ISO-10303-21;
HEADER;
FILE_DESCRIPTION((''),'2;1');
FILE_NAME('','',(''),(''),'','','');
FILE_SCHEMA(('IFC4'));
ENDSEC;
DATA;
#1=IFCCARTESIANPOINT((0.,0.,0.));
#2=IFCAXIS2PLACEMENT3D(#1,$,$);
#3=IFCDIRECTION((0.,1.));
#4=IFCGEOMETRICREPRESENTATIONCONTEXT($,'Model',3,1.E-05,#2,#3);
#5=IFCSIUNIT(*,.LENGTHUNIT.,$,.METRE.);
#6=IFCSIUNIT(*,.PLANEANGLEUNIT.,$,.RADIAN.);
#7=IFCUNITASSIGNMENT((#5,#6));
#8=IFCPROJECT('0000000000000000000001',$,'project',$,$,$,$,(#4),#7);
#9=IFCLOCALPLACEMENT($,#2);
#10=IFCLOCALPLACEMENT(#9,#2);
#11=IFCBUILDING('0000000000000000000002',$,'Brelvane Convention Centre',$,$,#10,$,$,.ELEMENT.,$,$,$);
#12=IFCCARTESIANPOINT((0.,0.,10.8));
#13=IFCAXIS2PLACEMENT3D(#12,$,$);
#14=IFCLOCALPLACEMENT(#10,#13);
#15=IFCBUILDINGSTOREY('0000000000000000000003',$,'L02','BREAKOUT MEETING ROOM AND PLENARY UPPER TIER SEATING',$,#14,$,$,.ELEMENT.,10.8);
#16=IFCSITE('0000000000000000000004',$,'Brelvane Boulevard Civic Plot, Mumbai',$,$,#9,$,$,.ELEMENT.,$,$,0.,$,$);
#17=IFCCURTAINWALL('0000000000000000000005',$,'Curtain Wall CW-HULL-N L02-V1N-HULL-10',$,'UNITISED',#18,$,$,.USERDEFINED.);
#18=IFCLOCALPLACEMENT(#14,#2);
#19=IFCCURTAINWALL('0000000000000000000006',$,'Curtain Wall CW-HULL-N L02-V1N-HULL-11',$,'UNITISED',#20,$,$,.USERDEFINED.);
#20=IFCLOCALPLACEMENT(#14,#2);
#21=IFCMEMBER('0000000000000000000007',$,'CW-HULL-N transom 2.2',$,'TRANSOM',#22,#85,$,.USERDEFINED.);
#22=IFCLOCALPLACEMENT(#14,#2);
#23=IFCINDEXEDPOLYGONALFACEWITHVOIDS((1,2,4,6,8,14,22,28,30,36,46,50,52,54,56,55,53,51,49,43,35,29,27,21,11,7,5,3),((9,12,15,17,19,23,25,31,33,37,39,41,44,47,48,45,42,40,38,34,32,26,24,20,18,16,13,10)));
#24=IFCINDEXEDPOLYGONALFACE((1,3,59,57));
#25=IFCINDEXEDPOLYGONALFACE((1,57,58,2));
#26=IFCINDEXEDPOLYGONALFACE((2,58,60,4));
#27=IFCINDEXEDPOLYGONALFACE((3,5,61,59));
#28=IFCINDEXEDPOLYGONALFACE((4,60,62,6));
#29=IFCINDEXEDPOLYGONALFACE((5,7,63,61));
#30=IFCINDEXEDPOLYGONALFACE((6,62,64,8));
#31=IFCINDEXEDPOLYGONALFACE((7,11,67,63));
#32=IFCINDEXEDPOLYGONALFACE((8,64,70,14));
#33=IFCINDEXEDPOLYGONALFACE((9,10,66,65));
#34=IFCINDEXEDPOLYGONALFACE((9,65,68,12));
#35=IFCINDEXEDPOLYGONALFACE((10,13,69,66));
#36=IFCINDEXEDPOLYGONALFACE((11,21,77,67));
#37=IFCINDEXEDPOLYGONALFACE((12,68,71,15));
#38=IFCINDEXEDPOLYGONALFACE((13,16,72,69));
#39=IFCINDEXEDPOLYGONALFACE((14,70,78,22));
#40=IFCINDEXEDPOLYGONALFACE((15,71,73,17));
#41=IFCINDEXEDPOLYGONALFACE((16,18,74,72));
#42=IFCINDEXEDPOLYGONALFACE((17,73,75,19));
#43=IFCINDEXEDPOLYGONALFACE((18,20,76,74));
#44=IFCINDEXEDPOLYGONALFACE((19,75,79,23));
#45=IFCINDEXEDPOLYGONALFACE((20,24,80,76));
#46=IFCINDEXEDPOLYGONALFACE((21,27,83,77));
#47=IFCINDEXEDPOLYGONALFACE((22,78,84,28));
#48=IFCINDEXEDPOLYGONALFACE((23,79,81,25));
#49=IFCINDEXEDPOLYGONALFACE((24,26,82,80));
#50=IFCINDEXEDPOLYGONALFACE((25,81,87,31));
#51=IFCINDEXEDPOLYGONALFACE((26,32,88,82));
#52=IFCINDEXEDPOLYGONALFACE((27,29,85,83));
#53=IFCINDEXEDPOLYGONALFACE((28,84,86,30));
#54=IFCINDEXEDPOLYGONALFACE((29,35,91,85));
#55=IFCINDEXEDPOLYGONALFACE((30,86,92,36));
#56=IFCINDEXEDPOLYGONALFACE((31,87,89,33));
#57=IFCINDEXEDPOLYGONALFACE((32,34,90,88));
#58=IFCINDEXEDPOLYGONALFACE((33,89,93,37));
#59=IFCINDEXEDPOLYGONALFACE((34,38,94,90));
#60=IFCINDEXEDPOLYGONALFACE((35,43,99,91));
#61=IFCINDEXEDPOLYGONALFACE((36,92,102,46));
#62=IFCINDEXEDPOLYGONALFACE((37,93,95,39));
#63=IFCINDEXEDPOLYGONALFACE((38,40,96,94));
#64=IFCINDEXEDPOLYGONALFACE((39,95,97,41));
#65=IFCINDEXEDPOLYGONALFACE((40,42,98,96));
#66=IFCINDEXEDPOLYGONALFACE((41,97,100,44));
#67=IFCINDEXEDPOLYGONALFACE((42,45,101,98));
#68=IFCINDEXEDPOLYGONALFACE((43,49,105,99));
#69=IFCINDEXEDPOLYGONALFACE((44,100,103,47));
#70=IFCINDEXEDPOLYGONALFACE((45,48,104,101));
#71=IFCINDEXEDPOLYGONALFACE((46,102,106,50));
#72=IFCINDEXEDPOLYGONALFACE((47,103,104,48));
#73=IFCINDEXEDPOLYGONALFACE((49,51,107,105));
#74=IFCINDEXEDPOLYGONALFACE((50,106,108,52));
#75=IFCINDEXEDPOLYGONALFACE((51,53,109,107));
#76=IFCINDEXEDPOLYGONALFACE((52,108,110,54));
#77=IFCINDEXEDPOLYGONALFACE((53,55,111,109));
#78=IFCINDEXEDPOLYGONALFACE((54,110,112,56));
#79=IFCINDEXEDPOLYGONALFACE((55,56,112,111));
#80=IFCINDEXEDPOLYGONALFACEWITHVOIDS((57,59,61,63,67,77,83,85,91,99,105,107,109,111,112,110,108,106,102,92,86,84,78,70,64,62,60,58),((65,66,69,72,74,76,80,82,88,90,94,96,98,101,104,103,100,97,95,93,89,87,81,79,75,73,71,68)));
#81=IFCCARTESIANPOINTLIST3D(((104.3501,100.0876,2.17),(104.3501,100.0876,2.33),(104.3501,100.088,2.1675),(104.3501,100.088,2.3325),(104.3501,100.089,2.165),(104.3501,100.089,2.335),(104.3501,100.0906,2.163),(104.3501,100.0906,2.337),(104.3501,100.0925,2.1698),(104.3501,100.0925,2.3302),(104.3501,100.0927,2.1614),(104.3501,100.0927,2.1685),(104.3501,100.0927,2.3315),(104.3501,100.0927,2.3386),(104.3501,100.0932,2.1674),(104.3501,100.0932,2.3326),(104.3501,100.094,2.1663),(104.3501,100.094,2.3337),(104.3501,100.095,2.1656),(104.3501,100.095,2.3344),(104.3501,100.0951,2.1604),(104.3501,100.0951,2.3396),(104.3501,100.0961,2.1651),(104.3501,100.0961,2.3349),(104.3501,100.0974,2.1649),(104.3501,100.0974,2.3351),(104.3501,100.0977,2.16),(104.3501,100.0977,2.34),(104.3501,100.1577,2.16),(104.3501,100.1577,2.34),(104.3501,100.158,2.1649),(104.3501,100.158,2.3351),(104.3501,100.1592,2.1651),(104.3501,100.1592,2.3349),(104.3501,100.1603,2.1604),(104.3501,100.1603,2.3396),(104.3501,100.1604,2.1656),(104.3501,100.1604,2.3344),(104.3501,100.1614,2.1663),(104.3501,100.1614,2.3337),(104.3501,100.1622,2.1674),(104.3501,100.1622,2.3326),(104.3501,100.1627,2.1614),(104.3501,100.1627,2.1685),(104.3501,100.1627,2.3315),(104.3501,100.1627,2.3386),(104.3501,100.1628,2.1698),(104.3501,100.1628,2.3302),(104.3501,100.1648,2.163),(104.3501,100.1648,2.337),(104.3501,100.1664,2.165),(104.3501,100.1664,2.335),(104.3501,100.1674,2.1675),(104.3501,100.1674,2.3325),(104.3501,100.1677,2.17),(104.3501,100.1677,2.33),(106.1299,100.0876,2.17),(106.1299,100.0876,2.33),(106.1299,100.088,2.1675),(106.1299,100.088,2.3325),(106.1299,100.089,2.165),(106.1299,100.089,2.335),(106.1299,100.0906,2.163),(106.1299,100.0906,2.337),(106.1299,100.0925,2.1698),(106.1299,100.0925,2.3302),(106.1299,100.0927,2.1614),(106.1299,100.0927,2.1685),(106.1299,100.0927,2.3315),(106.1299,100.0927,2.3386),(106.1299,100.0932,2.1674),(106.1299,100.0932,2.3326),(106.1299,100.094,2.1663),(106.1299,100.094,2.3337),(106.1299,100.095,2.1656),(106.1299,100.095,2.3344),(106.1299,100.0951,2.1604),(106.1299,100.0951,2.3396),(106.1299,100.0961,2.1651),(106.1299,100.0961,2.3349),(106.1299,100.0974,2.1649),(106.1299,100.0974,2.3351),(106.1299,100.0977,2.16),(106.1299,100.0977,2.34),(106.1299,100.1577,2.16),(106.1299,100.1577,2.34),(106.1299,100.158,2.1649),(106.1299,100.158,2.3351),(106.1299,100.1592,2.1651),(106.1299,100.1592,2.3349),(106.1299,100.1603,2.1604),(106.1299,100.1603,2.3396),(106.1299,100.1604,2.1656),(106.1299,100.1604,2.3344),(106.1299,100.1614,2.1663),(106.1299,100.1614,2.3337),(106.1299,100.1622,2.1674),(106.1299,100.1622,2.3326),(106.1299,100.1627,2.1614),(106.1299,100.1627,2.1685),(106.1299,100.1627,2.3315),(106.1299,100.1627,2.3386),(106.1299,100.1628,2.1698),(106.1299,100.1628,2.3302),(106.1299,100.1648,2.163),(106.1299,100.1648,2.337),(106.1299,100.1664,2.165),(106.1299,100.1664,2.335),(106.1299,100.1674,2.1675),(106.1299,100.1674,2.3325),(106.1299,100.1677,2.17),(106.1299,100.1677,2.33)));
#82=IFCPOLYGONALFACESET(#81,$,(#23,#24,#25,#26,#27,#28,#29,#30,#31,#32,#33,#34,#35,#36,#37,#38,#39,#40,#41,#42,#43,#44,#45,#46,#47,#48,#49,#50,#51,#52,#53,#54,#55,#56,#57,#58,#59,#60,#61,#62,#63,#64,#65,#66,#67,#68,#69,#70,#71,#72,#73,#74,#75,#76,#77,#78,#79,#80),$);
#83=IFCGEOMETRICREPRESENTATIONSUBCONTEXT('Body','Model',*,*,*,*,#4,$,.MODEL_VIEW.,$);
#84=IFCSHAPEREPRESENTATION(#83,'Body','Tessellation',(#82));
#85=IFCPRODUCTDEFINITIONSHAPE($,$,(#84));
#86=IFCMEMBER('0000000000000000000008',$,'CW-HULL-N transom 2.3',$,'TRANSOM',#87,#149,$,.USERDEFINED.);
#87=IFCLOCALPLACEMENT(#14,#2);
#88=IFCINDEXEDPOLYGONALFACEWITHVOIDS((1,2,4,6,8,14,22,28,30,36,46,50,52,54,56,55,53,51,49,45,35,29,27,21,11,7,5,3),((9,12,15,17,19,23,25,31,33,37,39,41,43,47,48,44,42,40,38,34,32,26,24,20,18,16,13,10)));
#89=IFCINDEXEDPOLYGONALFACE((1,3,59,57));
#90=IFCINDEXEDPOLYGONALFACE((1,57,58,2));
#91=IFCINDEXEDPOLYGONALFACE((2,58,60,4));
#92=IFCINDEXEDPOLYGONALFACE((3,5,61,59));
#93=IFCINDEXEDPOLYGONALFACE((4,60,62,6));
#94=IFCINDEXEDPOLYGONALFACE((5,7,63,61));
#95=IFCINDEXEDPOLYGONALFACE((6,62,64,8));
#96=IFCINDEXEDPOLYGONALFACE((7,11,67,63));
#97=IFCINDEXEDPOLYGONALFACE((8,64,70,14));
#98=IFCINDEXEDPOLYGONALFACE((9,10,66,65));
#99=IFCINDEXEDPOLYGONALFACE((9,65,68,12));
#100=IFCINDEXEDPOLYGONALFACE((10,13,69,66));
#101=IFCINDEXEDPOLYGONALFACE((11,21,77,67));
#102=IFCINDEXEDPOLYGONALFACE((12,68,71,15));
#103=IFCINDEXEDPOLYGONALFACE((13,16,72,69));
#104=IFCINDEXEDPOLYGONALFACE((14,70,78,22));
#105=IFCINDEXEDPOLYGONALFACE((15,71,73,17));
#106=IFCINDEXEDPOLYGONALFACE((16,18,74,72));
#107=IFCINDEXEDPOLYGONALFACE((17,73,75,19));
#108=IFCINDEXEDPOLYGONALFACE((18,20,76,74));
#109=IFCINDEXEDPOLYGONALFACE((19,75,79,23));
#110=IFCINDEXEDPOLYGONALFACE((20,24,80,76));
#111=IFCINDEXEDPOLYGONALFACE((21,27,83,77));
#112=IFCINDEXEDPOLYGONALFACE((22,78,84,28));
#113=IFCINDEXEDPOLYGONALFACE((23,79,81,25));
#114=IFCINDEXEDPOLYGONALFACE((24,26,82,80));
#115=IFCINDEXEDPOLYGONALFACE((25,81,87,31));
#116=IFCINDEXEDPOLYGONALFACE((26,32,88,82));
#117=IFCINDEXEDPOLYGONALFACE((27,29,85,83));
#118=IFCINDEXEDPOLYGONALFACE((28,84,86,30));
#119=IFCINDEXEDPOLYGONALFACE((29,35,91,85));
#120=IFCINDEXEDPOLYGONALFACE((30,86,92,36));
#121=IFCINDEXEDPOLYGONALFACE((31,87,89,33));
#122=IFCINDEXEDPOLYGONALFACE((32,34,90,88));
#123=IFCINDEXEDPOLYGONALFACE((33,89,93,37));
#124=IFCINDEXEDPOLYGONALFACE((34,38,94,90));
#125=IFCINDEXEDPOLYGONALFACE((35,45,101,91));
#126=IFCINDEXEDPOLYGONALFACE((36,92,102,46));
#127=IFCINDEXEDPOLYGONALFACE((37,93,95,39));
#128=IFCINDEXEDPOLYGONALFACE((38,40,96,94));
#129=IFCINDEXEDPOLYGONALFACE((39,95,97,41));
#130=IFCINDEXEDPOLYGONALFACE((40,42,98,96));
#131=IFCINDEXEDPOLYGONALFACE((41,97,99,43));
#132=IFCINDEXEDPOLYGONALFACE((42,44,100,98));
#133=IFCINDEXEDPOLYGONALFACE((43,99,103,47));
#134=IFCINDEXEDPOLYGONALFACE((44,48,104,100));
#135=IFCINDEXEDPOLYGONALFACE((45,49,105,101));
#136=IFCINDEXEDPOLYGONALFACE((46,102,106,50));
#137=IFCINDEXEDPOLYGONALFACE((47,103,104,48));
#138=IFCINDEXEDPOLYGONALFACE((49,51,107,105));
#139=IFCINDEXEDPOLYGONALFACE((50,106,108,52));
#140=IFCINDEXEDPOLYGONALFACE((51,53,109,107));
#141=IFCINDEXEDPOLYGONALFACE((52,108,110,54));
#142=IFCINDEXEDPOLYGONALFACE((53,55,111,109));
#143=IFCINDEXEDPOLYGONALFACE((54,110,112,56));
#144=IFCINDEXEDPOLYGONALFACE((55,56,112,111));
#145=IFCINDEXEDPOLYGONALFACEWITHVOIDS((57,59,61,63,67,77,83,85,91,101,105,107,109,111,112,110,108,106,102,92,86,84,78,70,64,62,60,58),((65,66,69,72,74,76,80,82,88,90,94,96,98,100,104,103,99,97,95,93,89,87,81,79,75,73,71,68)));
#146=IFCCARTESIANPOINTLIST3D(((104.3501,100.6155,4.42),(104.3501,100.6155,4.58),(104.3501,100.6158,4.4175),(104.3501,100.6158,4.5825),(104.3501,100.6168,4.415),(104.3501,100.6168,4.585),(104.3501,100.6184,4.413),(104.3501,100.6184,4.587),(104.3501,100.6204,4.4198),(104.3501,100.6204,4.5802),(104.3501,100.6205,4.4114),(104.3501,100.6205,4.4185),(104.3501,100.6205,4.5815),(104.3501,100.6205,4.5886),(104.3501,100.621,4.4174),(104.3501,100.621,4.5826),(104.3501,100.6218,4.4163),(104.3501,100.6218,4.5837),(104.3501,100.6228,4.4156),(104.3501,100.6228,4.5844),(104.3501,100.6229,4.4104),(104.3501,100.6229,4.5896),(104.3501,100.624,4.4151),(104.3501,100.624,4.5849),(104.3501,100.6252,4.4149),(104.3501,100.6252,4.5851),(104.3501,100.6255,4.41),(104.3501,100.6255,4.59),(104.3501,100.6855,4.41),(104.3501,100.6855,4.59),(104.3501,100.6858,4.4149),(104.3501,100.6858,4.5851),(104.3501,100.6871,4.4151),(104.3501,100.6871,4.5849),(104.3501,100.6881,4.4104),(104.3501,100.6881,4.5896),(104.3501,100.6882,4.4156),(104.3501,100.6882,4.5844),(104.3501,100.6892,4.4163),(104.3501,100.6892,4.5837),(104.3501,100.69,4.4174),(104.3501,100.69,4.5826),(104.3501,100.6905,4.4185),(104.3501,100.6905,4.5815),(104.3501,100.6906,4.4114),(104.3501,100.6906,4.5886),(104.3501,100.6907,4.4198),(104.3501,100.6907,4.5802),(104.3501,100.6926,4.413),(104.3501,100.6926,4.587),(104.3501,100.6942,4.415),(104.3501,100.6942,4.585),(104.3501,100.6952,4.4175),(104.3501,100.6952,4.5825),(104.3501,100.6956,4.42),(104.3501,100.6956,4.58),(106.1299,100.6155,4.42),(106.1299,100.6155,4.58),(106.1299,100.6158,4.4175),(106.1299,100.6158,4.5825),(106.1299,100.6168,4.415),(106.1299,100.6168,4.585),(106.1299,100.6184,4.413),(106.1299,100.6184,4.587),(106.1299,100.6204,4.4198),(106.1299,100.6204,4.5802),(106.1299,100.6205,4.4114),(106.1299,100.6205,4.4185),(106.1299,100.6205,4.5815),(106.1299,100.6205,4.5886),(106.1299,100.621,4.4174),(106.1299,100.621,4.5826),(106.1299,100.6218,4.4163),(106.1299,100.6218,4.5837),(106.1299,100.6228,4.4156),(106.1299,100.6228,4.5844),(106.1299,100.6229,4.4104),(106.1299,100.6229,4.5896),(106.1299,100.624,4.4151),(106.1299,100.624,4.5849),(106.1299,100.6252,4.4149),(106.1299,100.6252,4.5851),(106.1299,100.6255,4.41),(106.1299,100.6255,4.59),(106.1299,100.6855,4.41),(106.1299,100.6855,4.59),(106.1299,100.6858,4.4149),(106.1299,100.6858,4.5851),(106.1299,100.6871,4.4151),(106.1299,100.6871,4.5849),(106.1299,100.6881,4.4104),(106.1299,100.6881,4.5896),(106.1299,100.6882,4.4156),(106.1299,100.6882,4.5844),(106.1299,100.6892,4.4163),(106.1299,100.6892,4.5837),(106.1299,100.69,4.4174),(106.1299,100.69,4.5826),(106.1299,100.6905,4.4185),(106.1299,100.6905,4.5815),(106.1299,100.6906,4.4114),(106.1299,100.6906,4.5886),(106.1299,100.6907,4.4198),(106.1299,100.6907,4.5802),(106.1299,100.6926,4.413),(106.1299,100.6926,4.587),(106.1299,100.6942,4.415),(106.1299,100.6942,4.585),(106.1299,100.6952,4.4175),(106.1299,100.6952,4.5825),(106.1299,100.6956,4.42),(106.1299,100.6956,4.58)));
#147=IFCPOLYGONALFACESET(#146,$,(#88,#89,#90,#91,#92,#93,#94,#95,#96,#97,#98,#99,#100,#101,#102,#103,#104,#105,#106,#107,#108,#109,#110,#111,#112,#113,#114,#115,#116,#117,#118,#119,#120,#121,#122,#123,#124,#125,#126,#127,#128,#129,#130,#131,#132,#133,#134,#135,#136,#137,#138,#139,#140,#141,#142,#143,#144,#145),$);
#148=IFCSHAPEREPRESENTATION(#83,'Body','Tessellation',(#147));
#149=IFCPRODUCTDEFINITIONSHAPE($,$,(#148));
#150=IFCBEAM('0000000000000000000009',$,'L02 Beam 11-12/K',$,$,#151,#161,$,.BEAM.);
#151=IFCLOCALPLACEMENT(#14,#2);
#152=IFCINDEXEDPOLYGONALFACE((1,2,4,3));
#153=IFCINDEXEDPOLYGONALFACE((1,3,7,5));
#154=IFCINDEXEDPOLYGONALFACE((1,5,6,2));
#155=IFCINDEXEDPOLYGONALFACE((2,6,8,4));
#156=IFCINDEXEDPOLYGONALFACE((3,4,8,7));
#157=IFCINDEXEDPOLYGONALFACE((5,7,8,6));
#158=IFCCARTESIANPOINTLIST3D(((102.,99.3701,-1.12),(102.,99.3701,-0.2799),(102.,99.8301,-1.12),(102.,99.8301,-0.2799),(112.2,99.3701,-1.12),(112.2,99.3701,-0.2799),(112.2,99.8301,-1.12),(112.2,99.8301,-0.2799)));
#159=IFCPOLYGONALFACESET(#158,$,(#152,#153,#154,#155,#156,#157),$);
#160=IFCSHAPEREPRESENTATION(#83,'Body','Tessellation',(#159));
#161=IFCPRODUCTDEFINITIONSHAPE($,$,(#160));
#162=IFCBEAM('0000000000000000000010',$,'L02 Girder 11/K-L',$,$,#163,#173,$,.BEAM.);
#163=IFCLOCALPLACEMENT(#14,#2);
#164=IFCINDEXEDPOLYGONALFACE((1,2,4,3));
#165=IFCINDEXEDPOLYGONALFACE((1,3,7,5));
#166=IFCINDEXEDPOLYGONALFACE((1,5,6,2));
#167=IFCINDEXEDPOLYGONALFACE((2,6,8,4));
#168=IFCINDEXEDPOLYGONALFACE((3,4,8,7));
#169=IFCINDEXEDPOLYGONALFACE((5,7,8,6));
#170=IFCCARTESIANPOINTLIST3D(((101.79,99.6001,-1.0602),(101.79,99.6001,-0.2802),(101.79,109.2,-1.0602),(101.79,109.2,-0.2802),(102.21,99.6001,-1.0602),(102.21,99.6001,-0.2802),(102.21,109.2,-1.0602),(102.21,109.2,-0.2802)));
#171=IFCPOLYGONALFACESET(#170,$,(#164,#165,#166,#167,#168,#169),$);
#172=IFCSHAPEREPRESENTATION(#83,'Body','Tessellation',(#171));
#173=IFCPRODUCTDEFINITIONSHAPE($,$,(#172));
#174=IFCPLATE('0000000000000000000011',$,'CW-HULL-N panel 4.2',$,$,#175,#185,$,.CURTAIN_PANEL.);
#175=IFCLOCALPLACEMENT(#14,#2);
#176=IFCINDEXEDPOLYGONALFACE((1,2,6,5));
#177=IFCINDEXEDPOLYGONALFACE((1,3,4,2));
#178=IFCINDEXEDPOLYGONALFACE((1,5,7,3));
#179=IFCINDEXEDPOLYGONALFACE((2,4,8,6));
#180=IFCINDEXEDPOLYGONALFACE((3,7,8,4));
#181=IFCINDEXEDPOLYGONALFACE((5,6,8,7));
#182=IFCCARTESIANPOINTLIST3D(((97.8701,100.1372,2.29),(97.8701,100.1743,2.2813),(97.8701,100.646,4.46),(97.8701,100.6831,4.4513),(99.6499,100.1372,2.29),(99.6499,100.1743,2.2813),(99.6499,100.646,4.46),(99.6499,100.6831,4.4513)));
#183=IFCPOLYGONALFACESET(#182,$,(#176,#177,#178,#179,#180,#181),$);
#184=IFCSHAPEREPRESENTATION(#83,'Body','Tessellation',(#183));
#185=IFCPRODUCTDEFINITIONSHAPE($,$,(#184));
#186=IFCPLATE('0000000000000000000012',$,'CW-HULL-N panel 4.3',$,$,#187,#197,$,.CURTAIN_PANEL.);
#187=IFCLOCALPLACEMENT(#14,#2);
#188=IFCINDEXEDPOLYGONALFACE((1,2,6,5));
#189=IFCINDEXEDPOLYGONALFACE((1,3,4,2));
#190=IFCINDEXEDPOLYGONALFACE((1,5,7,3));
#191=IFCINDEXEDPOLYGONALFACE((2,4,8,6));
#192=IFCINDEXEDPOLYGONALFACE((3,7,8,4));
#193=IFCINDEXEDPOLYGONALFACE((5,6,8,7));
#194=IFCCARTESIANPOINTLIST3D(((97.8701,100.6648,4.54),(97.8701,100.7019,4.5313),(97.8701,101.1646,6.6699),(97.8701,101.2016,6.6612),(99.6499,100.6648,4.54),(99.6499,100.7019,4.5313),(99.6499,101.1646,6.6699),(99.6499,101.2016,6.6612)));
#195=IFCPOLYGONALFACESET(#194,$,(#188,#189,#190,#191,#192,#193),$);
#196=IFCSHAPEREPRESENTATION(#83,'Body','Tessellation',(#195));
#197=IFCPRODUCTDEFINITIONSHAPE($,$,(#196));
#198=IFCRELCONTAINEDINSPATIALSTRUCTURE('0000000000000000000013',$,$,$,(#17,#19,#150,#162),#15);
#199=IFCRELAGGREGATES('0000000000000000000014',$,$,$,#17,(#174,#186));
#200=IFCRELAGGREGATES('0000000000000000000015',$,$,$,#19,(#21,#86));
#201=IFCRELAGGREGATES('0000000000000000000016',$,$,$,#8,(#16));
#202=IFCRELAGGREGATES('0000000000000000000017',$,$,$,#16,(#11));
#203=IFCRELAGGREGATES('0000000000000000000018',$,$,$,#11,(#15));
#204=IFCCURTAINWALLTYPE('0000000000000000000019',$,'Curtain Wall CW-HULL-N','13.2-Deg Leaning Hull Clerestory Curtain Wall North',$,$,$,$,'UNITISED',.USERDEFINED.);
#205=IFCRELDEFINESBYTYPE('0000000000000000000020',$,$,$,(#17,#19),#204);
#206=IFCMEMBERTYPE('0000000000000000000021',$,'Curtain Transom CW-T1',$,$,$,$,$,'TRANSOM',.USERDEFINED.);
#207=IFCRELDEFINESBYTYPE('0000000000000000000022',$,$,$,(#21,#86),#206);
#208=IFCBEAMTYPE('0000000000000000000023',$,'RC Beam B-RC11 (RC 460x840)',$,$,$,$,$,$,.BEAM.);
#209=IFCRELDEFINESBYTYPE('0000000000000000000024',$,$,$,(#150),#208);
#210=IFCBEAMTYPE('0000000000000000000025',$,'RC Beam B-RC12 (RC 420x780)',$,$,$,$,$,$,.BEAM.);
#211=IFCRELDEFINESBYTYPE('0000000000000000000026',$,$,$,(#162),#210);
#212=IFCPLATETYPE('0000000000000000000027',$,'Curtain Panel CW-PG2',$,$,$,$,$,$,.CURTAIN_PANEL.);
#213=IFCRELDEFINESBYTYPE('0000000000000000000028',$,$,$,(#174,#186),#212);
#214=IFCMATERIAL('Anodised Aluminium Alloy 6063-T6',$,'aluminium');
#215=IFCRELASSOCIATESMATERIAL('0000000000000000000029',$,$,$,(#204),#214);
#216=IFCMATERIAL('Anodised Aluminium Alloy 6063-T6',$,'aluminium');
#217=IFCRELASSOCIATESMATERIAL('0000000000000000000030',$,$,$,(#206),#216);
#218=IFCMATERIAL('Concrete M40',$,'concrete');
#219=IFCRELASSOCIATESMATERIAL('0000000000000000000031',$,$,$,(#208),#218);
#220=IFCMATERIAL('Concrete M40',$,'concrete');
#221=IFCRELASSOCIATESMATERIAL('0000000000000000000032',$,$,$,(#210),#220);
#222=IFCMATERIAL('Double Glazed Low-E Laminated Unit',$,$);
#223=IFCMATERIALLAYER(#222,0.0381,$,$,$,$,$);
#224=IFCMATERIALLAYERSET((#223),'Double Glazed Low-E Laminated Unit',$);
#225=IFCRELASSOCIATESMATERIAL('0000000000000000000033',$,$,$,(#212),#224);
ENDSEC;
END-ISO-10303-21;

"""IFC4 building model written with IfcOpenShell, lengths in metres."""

from ifc_helpers import new_model, si_unit, direction, frame, origin, origin_2d, place, context, subcontext, project, spatial, polyline, rectangle, hollow_rectangle, outline, extrude, material, layer, layer_set, material_profile, profile_set, type_object, element, aggregate, save


model = new_model("IFC4")

# Units and contexts
model_context = context("Model", 3, precision=1e-05, world=origin(), true_north=direction((0.0, 1.0)))
body_context = subcontext(model_context, "Body", "Model", "MODEL_VIEW")
ifc_project = project(units=[si_unit("LENGTHUNIT", "METRE"), si_unit("PLANEANGLEUNIT", "RADIAN")], contexts=[model_context])

# Site, building, storey
site_placement = place(None, origin())
site = spatial("IfcSite", under=ifc_project, at=site_placement, Name="Brelvane Boulevard Civic Plot, Mumbai", CompositionType="ELEMENT", RefElevation=0.0)
building_placement = place(site_placement, origin())
building = spatial("IfcBuilding", under=site, at=building_placement, Name="Brelvane Convention Centre", CompositionType="ELEMENT")
storey_placement = place(building_placement, frame((0.0, 0.0, 10.8)))
storey = spatial("IfcBuildingStorey", under=building, at=storey_placement, Name="L02", Description="BREAKOUT MEETING ROOM AND PLENARY UPPER TIER SEATING", CompositionType="ELEMENT", Elevation=10.8)

# Curtain walls
ifc_material_1 = material(Name="Anodised Aluminium Alloy 6063-T6", Category="aluminium")
curtain_wall_type = type_object("IfcCurtainWallType", Name="Curtain Wall CW-HULL-N", Description="13.2-Deg Leaning Hull Clerestory Curtain Wall North", ElementType="UNITISED", PredefinedType="USERDEFINED", material=ifc_material_1)
curtain_wall_1_placement = place(storey_placement, origin())
curtain_wall_1 = element("IfcCurtainWall", 1, at=curtain_wall_1_placement, inside=storey, type_object=curtain_wall_type, Name="Curtain Wall CW-HULL-N L02-V1N-HULL-10", ObjectType="UNITISED", PredefinedType="USERDEFINED")
curtain_wall_2_placement = place(storey_placement, origin())
curtain_wall_2 = element("IfcCurtainWall", 2, at=curtain_wall_2_placement, inside=storey, type_object=curtain_wall_type, Name="Curtain Wall CW-HULL-N L02-V1N-HULL-11", ObjectType="UNITISED", PredefinedType="USERDEFINED")

# Members
ifc_material_2 = material(Name="Anodised Aluminium Alloy 6063-T6", Category="aluminium")
ifc_material_profile_1 = material_profile(ifc_material_2, hollow_rectangle(XDim=0.0801, YDim=0.1799, WallThickness=0.0049, InnerFilletRadius=0.0049, OuterFilletRadius=0.01, at=origin_2d()), Name="ALU-T 180x80x5.0")
ifc_profile_set_1 = profile_set([ifc_material_profile_1], Name="Anodised Aluminium Alloy 6063-T6")
member_type_1 = type_object("IfcMemberType", Name="Curtain Transom CW-T1", ElementType="TRANSOM", PredefinedType="USERDEFINED", material=ifc_profile_set_1)
member_1_placement = place(storey_placement, frame((104.3501, 100.1277, 2.25), z_axis=(1.0, 0.0, 0.0), x_axis=(0.0, 1.0, 0.0)))
member_1 = element("IfcMember", 3, at=member_1_placement, type_object=member_type_1, Name="CW-HULL-N transom 2.2", ObjectType="TRANSOM", PredefinedType="USERDEFINED", context=body_context, shape_type="SweptSolid", body=[
    extrude(hollow_rectangle(XDim=0.0801, YDim=0.1799, WallThickness=0.0049, InnerFilletRadius=0.0049, OuterFilletRadius=0.01, at=origin_2d()), origin(), (0.0, 0.0, 1.0), 1.7798),
])
member_2_placement = place(storey_placement, frame((104.3501, 100.6555, 4.5), z_axis=(1.0, 0.0, 0.0), x_axis=(0.0, 1.0, 0.0)))
member_2 = element("IfcMember", 4, at=member_2_placement, type_object=member_type_1, Name="CW-HULL-N transom 2.3", ObjectType="TRANSOM", PredefinedType="USERDEFINED", context=body_context, shape_type="SweptSolid", body=[
    extrude(hollow_rectangle(XDim=0.0801, YDim=0.1799, WallThickness=0.0049, InnerFilletRadius=0.0049, OuterFilletRadius=0.01, at=origin_2d()), origin(), (0.0, 0.0, 1.0), 1.7798),
])

# Beams
ifc_material_3 = material(Name="Concrete M40", Category="concrete")
ifc_material_profile_2 = material_profile(ifc_material_3, rectangle(XDim=0.46, YDim=0.8401, at=origin_2d()), Name="RC 460x840")
ifc_profile_set_2 = profile_set([ifc_material_profile_2], Name="Concrete M40")
beam_type_1 = type_object("IfcBeamType", Name="RC Beam B-RC11 (RC 460x840)", PredefinedType="BEAM", material=ifc_profile_set_2)
beam_1_placement = place(storey_placement, frame((102.0, 99.6001, -0.7), z_axis=(1.0, 0.0, 0.0), x_axis=(0.0, 1.0, 0.0)))
element("IfcBeam", 5, at=beam_1_placement, inside=storey, type_object=beam_type_1, Name="L02 Beam 11-12/K", PredefinedType="BEAM", context=body_context, shape_type="SweptSolid", body=[
    extrude(rectangle(XDim=0.46, YDim=0.8401, at=origin_2d()), origin(), (0.0, 0.0, 1.0), 10.2),
])
ifc_material_4 = material(Name="Concrete M40", Category="concrete")
ifc_material_profile_3 = material_profile(ifc_material_4, rectangle(XDim=0.4199, YDim=0.78, at=origin_2d()), Name="RC 420x780")
ifc_profile_set_3 = profile_set([ifc_material_profile_3], Name="Concrete M40")
beam_type_2 = type_object("IfcBeamType", Name="RC Beam B-RC12 (RC 420x780)", PredefinedType="BEAM", material=ifc_profile_set_3)
beam_2_placement = place(storey_placement, frame((102.0, 99.6001, -0.6702), z_axis=(0.0, 1.0, 0.0), x_axis=(-1.0, 0.0, 0.0)))
element("IfcBeam", 6, at=beam_2_placement, inside=storey, type_object=beam_type_2, Name="L02 Girder 11/K-L", PredefinedType="BEAM", context=body_context, shape_type="SweptSolid", body=[
    extrude(rectangle(XDim=0.4199, YDim=0.78, at=origin_2d()), origin(), (0.0, 0.0, 1.0), 9.5999),
])

# Plates
ifc_material_5 = material(Name="Double Glazed Low-E Laminated Unit")
ifc_layer_1 = layer(ifc_material_5, 0.0381)
ifc_layer_set_1 = layer_set([ifc_layer_1], Name="Double Glazed Low-E Laminated Unit")
plate_type_1 = type_object("IfcPlateType", Name="Curtain Panel CW-PG2", PredefinedType="CURTAIN_PANEL", material=ifc_layer_set_1)
plate_1_placement = place(storey_placement, frame((97.8701, 100.1372, 2.29), z_axis=(0.0, -0.973595, 0.228282), x_axis=(1.0, 0.0, 0.0)))
plate_1 = element("IfcPlate", 7, at=plate_1_placement, type_object=plate_type_1, Name="CW-HULL-N panel 4.2", PredefinedType="CURTAIN_PANEL", context=body_context, shape_type="SweptSolid", body=[
    extrude(outline(polyline([(0.0, 0.0), (1.7798, 0.0), (1.7798, 2.2288), (0.0, 2.2288), (0.0, 0.0)])), origin(), (0.0, 0.0, -1.0), 0.0381),
])
plate_2_placement = place(storey_placement, frame((97.8701, 100.6648, 4.54), z_axis=(0.0, -0.973559, 0.228436), x_axis=(1.0, 0.0, 0.0)))
plate_2 = element("IfcPlate", 8, at=plate_2_placement, type_object=plate_type_1, Name="CW-HULL-N panel 4.3", PredefinedType="CURTAIN_PANEL", context=body_context, shape_type="SweptSolid", body=[
    extrude(outline(polyline([(0.0, 0.0), (1.7798, 0.0), (1.7798, 2.1877), (0.0, 2.1877), (0.0, 0.0)])), origin(), (0.0, 0.0, -1.0), 0.0381),
])
aggregate(curtain_wall_1, [plate_1, plate_2])
aggregate(curtain_wall_2, [member_1, member_2])

save(model, "model.ifc")
